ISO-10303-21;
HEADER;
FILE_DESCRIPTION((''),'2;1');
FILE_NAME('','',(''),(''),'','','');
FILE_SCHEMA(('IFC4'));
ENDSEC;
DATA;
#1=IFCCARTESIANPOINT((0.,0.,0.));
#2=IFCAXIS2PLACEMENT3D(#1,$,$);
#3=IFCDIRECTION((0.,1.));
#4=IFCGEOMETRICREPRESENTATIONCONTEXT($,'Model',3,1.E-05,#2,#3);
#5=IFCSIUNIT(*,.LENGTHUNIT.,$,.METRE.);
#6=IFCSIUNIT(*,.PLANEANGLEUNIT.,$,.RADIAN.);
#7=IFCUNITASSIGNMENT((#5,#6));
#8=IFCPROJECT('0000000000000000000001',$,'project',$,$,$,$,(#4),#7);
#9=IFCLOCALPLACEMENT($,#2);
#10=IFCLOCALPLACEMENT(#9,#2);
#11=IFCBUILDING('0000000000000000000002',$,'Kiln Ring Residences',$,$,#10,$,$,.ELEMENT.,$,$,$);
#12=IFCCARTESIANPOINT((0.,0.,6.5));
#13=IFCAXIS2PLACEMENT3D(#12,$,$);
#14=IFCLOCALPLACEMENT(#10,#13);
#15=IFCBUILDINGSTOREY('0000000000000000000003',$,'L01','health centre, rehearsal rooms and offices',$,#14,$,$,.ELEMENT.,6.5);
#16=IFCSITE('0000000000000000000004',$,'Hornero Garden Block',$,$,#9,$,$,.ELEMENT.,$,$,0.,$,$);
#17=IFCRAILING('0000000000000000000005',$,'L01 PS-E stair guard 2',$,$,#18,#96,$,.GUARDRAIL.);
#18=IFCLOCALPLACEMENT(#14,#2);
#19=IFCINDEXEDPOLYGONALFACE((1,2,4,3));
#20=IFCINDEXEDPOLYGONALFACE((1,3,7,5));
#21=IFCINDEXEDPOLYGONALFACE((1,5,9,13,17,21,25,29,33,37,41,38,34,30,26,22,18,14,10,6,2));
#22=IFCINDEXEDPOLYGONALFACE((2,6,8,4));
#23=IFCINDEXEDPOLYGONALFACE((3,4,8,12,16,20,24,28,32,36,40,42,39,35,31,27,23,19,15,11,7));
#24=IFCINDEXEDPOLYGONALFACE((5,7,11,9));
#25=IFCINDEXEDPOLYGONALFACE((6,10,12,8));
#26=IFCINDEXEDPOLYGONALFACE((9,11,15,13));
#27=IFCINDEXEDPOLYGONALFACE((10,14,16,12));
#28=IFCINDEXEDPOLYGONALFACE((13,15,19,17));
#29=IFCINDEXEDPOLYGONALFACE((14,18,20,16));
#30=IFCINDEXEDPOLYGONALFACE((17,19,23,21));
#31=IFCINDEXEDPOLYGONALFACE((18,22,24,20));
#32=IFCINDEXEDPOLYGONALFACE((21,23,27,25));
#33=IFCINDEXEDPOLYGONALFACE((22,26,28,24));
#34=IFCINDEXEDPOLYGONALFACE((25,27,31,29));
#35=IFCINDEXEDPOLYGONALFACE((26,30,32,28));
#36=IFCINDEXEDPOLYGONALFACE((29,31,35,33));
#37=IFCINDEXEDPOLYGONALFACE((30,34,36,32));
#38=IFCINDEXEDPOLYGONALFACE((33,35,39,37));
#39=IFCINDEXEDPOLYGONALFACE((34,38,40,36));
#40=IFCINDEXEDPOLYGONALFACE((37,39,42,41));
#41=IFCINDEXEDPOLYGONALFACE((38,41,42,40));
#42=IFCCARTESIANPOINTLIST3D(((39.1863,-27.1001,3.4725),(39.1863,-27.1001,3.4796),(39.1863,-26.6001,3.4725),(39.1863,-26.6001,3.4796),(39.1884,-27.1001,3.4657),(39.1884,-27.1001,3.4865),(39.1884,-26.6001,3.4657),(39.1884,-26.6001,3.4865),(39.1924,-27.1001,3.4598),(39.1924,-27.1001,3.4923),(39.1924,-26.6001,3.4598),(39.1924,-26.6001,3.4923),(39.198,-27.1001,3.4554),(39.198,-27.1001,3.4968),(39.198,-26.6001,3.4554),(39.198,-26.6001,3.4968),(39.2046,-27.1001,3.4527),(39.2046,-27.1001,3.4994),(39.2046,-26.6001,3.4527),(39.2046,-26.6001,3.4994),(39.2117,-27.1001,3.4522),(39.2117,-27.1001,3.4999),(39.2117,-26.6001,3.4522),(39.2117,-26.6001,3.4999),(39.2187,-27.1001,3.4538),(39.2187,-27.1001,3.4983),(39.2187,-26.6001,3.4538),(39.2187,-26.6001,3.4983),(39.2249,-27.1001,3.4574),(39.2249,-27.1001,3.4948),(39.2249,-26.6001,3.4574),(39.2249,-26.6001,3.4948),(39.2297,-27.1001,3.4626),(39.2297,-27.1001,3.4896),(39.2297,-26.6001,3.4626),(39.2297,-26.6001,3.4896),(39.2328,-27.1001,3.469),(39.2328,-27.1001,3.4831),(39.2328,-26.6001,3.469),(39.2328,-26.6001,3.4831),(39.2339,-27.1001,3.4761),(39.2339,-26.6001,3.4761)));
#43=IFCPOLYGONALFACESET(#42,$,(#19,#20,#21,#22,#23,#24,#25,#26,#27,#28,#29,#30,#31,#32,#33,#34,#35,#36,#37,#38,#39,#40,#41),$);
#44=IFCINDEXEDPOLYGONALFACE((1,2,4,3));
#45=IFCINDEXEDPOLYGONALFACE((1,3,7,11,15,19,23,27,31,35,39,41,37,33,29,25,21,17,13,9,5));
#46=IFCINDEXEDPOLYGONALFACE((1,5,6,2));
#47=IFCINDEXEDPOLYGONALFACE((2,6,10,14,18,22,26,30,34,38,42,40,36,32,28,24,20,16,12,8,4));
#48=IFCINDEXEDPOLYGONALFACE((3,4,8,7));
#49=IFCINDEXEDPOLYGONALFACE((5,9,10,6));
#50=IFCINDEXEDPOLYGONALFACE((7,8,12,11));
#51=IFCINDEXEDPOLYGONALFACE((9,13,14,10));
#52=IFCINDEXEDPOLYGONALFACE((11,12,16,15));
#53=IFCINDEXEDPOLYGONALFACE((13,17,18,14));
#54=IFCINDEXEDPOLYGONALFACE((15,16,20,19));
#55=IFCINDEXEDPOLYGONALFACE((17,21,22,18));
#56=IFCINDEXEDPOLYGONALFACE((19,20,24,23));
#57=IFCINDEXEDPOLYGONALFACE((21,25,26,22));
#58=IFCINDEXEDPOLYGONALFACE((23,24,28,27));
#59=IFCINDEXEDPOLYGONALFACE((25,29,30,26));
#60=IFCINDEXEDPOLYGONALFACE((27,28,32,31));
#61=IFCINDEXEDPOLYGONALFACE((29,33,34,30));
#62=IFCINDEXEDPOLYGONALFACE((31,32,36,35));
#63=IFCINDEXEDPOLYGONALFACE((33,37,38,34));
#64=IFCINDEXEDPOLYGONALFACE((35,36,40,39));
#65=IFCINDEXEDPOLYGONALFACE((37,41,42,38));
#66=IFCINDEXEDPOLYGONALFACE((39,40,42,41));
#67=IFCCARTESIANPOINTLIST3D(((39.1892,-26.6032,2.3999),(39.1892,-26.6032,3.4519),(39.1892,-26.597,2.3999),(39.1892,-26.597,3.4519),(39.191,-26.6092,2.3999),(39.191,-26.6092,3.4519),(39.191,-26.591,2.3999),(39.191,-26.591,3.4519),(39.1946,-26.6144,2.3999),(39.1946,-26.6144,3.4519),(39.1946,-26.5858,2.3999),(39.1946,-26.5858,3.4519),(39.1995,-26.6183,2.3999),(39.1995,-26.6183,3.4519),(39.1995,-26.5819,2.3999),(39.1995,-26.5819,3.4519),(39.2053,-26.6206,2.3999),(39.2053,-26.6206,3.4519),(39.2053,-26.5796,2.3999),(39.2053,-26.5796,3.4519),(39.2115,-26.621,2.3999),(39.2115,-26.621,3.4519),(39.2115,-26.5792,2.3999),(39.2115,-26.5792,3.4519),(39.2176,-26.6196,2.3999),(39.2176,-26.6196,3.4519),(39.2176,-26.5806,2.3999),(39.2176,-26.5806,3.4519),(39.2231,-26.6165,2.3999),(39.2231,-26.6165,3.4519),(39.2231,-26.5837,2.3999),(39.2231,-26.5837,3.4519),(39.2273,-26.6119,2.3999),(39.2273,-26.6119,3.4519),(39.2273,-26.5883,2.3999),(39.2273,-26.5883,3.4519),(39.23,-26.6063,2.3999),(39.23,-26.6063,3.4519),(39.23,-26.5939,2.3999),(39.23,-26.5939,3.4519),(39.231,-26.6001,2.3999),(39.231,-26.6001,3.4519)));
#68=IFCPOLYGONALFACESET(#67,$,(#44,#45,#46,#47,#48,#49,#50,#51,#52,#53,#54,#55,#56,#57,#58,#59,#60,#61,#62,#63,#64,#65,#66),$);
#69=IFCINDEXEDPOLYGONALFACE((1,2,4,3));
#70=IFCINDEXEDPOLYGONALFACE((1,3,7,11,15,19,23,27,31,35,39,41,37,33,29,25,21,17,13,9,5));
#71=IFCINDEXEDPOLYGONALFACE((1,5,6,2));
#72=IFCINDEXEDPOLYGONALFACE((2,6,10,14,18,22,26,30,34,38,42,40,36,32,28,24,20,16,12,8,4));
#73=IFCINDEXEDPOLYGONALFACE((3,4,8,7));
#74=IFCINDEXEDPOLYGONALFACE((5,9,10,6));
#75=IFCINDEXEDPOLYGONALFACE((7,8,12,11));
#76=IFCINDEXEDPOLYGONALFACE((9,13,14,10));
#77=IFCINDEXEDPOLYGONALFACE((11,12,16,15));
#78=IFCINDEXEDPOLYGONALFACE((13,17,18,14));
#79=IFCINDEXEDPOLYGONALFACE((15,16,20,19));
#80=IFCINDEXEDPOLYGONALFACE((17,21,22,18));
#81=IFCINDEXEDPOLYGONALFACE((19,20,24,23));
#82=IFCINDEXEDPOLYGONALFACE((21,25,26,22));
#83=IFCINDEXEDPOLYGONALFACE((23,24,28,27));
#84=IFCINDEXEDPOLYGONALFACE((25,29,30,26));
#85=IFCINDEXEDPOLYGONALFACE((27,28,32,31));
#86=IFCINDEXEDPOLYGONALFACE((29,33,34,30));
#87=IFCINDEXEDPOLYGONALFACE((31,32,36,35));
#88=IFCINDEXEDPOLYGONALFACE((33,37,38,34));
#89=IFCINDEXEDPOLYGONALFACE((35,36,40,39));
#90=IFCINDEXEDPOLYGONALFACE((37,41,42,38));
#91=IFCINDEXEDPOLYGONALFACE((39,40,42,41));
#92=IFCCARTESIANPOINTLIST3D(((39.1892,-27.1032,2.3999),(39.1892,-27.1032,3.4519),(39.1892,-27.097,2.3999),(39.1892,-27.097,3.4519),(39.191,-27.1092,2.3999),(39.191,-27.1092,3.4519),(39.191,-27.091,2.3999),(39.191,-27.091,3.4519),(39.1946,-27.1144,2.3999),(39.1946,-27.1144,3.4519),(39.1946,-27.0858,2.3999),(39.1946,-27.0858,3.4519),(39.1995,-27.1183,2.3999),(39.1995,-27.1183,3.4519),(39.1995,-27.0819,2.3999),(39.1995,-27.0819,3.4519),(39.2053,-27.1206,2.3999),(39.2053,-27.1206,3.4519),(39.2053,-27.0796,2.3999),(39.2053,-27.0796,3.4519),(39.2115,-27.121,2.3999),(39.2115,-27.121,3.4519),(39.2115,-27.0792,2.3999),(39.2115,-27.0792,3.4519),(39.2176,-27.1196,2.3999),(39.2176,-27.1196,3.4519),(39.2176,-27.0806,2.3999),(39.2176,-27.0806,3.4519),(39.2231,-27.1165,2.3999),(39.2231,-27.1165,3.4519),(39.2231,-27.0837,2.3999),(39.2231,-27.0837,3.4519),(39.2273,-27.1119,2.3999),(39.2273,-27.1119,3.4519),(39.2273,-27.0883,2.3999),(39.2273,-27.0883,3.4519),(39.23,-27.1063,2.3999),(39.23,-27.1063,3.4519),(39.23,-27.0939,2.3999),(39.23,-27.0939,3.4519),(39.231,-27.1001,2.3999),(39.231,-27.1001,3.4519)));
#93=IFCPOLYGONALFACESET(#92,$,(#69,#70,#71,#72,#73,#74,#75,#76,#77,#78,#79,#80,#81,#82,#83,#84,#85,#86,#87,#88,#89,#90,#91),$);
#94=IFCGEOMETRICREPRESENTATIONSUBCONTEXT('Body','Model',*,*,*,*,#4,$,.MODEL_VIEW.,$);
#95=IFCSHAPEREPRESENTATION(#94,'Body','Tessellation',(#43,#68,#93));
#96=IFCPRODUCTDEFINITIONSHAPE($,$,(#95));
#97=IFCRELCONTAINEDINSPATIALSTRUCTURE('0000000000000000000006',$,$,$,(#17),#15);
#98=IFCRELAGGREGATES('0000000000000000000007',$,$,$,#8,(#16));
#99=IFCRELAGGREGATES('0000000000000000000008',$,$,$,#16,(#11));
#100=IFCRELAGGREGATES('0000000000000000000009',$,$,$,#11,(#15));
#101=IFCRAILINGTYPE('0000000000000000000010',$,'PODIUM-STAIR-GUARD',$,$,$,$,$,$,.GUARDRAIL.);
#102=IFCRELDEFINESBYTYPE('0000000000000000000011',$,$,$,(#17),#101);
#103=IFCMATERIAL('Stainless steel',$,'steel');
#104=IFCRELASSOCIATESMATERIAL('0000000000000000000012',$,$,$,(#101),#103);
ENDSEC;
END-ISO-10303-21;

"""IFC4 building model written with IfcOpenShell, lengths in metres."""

from ifc_helpers import new_model, si_unit, direction, frame, origin, origin_2d, place, context, subcontext, project, spatial, circle, extrude, material, type_object, element, save


model = new_model("IFC4")

# Units and contexts
model_context = context("Model", 3, precision=1e-05, world=origin(), true_north=direction((0.0, 1.0)))
body_context = subcontext(model_context, "Body", "Model", "MODEL_VIEW")
ifc_project = project(units=[si_unit("LENGTHUNIT", "METRE"), si_unit("PLANEANGLEUNIT", "RADIAN")], contexts=[model_context])

# Site, building, storey
site_placement = place(None, origin())
site = spatial("IfcSite", under=ifc_project, at=site_placement, Name="Hornero Garden Block", CompositionType="ELEMENT", RefElevation=0.0)
building_placement = place(site_placement, origin())
building = spatial("IfcBuilding", under=site, at=building_placement, Name="Kiln Ring Residences", CompositionType="ELEMENT")
storey_placement = place(building_placement, frame((0.0, 0.0, 6.5)))
storey = spatial("IfcBuildingStorey", under=building, at=storey_placement, Name="L01", Description="health centre, rehearsal rooms and offices", CompositionType="ELEMENT", Elevation=6.5)

# Railing
ifc_material_1 = material(Name="Stainless steel", Category="steel")
railing_type_1 = type_object("IfcRailingType", Name="PODIUM-STAIR-GUARD", PredefinedType="GUARDRAIL", material=ifc_material_1)
railing_1_placement = place(storey_placement, frame((39.21, -26.6001, 2.3999)))
element("IfcRailing", 1, at=railing_1_placement, inside=storey, type_object=railing_type_1, Name="L01 PS-E stair guard 2", PredefinedType="GUARDRAIL", context=body_context, shape_type="SweptSolid", body=[
    extrude(circle(Radius=0.0239, at=origin_2d()), frame((0.0, 0.0, 1.0762), z_axis=(0.0, -1.0, 0.0), x_axis=(1.0, 0.0, 0.0)), (0.0, 0.0, 1.0), 0.5),
    extrude(circle(Radius=0.021, at=origin_2d()), origin(), (0.0, 0.0, 1.0), 1.052),
    extrude(circle(Radius=0.021, at=origin_2d()), frame((0.0, -0.5, 0.0)), (0.0, 0.0, 1.0), 1.052),
])

save(model, "model.ifc")
